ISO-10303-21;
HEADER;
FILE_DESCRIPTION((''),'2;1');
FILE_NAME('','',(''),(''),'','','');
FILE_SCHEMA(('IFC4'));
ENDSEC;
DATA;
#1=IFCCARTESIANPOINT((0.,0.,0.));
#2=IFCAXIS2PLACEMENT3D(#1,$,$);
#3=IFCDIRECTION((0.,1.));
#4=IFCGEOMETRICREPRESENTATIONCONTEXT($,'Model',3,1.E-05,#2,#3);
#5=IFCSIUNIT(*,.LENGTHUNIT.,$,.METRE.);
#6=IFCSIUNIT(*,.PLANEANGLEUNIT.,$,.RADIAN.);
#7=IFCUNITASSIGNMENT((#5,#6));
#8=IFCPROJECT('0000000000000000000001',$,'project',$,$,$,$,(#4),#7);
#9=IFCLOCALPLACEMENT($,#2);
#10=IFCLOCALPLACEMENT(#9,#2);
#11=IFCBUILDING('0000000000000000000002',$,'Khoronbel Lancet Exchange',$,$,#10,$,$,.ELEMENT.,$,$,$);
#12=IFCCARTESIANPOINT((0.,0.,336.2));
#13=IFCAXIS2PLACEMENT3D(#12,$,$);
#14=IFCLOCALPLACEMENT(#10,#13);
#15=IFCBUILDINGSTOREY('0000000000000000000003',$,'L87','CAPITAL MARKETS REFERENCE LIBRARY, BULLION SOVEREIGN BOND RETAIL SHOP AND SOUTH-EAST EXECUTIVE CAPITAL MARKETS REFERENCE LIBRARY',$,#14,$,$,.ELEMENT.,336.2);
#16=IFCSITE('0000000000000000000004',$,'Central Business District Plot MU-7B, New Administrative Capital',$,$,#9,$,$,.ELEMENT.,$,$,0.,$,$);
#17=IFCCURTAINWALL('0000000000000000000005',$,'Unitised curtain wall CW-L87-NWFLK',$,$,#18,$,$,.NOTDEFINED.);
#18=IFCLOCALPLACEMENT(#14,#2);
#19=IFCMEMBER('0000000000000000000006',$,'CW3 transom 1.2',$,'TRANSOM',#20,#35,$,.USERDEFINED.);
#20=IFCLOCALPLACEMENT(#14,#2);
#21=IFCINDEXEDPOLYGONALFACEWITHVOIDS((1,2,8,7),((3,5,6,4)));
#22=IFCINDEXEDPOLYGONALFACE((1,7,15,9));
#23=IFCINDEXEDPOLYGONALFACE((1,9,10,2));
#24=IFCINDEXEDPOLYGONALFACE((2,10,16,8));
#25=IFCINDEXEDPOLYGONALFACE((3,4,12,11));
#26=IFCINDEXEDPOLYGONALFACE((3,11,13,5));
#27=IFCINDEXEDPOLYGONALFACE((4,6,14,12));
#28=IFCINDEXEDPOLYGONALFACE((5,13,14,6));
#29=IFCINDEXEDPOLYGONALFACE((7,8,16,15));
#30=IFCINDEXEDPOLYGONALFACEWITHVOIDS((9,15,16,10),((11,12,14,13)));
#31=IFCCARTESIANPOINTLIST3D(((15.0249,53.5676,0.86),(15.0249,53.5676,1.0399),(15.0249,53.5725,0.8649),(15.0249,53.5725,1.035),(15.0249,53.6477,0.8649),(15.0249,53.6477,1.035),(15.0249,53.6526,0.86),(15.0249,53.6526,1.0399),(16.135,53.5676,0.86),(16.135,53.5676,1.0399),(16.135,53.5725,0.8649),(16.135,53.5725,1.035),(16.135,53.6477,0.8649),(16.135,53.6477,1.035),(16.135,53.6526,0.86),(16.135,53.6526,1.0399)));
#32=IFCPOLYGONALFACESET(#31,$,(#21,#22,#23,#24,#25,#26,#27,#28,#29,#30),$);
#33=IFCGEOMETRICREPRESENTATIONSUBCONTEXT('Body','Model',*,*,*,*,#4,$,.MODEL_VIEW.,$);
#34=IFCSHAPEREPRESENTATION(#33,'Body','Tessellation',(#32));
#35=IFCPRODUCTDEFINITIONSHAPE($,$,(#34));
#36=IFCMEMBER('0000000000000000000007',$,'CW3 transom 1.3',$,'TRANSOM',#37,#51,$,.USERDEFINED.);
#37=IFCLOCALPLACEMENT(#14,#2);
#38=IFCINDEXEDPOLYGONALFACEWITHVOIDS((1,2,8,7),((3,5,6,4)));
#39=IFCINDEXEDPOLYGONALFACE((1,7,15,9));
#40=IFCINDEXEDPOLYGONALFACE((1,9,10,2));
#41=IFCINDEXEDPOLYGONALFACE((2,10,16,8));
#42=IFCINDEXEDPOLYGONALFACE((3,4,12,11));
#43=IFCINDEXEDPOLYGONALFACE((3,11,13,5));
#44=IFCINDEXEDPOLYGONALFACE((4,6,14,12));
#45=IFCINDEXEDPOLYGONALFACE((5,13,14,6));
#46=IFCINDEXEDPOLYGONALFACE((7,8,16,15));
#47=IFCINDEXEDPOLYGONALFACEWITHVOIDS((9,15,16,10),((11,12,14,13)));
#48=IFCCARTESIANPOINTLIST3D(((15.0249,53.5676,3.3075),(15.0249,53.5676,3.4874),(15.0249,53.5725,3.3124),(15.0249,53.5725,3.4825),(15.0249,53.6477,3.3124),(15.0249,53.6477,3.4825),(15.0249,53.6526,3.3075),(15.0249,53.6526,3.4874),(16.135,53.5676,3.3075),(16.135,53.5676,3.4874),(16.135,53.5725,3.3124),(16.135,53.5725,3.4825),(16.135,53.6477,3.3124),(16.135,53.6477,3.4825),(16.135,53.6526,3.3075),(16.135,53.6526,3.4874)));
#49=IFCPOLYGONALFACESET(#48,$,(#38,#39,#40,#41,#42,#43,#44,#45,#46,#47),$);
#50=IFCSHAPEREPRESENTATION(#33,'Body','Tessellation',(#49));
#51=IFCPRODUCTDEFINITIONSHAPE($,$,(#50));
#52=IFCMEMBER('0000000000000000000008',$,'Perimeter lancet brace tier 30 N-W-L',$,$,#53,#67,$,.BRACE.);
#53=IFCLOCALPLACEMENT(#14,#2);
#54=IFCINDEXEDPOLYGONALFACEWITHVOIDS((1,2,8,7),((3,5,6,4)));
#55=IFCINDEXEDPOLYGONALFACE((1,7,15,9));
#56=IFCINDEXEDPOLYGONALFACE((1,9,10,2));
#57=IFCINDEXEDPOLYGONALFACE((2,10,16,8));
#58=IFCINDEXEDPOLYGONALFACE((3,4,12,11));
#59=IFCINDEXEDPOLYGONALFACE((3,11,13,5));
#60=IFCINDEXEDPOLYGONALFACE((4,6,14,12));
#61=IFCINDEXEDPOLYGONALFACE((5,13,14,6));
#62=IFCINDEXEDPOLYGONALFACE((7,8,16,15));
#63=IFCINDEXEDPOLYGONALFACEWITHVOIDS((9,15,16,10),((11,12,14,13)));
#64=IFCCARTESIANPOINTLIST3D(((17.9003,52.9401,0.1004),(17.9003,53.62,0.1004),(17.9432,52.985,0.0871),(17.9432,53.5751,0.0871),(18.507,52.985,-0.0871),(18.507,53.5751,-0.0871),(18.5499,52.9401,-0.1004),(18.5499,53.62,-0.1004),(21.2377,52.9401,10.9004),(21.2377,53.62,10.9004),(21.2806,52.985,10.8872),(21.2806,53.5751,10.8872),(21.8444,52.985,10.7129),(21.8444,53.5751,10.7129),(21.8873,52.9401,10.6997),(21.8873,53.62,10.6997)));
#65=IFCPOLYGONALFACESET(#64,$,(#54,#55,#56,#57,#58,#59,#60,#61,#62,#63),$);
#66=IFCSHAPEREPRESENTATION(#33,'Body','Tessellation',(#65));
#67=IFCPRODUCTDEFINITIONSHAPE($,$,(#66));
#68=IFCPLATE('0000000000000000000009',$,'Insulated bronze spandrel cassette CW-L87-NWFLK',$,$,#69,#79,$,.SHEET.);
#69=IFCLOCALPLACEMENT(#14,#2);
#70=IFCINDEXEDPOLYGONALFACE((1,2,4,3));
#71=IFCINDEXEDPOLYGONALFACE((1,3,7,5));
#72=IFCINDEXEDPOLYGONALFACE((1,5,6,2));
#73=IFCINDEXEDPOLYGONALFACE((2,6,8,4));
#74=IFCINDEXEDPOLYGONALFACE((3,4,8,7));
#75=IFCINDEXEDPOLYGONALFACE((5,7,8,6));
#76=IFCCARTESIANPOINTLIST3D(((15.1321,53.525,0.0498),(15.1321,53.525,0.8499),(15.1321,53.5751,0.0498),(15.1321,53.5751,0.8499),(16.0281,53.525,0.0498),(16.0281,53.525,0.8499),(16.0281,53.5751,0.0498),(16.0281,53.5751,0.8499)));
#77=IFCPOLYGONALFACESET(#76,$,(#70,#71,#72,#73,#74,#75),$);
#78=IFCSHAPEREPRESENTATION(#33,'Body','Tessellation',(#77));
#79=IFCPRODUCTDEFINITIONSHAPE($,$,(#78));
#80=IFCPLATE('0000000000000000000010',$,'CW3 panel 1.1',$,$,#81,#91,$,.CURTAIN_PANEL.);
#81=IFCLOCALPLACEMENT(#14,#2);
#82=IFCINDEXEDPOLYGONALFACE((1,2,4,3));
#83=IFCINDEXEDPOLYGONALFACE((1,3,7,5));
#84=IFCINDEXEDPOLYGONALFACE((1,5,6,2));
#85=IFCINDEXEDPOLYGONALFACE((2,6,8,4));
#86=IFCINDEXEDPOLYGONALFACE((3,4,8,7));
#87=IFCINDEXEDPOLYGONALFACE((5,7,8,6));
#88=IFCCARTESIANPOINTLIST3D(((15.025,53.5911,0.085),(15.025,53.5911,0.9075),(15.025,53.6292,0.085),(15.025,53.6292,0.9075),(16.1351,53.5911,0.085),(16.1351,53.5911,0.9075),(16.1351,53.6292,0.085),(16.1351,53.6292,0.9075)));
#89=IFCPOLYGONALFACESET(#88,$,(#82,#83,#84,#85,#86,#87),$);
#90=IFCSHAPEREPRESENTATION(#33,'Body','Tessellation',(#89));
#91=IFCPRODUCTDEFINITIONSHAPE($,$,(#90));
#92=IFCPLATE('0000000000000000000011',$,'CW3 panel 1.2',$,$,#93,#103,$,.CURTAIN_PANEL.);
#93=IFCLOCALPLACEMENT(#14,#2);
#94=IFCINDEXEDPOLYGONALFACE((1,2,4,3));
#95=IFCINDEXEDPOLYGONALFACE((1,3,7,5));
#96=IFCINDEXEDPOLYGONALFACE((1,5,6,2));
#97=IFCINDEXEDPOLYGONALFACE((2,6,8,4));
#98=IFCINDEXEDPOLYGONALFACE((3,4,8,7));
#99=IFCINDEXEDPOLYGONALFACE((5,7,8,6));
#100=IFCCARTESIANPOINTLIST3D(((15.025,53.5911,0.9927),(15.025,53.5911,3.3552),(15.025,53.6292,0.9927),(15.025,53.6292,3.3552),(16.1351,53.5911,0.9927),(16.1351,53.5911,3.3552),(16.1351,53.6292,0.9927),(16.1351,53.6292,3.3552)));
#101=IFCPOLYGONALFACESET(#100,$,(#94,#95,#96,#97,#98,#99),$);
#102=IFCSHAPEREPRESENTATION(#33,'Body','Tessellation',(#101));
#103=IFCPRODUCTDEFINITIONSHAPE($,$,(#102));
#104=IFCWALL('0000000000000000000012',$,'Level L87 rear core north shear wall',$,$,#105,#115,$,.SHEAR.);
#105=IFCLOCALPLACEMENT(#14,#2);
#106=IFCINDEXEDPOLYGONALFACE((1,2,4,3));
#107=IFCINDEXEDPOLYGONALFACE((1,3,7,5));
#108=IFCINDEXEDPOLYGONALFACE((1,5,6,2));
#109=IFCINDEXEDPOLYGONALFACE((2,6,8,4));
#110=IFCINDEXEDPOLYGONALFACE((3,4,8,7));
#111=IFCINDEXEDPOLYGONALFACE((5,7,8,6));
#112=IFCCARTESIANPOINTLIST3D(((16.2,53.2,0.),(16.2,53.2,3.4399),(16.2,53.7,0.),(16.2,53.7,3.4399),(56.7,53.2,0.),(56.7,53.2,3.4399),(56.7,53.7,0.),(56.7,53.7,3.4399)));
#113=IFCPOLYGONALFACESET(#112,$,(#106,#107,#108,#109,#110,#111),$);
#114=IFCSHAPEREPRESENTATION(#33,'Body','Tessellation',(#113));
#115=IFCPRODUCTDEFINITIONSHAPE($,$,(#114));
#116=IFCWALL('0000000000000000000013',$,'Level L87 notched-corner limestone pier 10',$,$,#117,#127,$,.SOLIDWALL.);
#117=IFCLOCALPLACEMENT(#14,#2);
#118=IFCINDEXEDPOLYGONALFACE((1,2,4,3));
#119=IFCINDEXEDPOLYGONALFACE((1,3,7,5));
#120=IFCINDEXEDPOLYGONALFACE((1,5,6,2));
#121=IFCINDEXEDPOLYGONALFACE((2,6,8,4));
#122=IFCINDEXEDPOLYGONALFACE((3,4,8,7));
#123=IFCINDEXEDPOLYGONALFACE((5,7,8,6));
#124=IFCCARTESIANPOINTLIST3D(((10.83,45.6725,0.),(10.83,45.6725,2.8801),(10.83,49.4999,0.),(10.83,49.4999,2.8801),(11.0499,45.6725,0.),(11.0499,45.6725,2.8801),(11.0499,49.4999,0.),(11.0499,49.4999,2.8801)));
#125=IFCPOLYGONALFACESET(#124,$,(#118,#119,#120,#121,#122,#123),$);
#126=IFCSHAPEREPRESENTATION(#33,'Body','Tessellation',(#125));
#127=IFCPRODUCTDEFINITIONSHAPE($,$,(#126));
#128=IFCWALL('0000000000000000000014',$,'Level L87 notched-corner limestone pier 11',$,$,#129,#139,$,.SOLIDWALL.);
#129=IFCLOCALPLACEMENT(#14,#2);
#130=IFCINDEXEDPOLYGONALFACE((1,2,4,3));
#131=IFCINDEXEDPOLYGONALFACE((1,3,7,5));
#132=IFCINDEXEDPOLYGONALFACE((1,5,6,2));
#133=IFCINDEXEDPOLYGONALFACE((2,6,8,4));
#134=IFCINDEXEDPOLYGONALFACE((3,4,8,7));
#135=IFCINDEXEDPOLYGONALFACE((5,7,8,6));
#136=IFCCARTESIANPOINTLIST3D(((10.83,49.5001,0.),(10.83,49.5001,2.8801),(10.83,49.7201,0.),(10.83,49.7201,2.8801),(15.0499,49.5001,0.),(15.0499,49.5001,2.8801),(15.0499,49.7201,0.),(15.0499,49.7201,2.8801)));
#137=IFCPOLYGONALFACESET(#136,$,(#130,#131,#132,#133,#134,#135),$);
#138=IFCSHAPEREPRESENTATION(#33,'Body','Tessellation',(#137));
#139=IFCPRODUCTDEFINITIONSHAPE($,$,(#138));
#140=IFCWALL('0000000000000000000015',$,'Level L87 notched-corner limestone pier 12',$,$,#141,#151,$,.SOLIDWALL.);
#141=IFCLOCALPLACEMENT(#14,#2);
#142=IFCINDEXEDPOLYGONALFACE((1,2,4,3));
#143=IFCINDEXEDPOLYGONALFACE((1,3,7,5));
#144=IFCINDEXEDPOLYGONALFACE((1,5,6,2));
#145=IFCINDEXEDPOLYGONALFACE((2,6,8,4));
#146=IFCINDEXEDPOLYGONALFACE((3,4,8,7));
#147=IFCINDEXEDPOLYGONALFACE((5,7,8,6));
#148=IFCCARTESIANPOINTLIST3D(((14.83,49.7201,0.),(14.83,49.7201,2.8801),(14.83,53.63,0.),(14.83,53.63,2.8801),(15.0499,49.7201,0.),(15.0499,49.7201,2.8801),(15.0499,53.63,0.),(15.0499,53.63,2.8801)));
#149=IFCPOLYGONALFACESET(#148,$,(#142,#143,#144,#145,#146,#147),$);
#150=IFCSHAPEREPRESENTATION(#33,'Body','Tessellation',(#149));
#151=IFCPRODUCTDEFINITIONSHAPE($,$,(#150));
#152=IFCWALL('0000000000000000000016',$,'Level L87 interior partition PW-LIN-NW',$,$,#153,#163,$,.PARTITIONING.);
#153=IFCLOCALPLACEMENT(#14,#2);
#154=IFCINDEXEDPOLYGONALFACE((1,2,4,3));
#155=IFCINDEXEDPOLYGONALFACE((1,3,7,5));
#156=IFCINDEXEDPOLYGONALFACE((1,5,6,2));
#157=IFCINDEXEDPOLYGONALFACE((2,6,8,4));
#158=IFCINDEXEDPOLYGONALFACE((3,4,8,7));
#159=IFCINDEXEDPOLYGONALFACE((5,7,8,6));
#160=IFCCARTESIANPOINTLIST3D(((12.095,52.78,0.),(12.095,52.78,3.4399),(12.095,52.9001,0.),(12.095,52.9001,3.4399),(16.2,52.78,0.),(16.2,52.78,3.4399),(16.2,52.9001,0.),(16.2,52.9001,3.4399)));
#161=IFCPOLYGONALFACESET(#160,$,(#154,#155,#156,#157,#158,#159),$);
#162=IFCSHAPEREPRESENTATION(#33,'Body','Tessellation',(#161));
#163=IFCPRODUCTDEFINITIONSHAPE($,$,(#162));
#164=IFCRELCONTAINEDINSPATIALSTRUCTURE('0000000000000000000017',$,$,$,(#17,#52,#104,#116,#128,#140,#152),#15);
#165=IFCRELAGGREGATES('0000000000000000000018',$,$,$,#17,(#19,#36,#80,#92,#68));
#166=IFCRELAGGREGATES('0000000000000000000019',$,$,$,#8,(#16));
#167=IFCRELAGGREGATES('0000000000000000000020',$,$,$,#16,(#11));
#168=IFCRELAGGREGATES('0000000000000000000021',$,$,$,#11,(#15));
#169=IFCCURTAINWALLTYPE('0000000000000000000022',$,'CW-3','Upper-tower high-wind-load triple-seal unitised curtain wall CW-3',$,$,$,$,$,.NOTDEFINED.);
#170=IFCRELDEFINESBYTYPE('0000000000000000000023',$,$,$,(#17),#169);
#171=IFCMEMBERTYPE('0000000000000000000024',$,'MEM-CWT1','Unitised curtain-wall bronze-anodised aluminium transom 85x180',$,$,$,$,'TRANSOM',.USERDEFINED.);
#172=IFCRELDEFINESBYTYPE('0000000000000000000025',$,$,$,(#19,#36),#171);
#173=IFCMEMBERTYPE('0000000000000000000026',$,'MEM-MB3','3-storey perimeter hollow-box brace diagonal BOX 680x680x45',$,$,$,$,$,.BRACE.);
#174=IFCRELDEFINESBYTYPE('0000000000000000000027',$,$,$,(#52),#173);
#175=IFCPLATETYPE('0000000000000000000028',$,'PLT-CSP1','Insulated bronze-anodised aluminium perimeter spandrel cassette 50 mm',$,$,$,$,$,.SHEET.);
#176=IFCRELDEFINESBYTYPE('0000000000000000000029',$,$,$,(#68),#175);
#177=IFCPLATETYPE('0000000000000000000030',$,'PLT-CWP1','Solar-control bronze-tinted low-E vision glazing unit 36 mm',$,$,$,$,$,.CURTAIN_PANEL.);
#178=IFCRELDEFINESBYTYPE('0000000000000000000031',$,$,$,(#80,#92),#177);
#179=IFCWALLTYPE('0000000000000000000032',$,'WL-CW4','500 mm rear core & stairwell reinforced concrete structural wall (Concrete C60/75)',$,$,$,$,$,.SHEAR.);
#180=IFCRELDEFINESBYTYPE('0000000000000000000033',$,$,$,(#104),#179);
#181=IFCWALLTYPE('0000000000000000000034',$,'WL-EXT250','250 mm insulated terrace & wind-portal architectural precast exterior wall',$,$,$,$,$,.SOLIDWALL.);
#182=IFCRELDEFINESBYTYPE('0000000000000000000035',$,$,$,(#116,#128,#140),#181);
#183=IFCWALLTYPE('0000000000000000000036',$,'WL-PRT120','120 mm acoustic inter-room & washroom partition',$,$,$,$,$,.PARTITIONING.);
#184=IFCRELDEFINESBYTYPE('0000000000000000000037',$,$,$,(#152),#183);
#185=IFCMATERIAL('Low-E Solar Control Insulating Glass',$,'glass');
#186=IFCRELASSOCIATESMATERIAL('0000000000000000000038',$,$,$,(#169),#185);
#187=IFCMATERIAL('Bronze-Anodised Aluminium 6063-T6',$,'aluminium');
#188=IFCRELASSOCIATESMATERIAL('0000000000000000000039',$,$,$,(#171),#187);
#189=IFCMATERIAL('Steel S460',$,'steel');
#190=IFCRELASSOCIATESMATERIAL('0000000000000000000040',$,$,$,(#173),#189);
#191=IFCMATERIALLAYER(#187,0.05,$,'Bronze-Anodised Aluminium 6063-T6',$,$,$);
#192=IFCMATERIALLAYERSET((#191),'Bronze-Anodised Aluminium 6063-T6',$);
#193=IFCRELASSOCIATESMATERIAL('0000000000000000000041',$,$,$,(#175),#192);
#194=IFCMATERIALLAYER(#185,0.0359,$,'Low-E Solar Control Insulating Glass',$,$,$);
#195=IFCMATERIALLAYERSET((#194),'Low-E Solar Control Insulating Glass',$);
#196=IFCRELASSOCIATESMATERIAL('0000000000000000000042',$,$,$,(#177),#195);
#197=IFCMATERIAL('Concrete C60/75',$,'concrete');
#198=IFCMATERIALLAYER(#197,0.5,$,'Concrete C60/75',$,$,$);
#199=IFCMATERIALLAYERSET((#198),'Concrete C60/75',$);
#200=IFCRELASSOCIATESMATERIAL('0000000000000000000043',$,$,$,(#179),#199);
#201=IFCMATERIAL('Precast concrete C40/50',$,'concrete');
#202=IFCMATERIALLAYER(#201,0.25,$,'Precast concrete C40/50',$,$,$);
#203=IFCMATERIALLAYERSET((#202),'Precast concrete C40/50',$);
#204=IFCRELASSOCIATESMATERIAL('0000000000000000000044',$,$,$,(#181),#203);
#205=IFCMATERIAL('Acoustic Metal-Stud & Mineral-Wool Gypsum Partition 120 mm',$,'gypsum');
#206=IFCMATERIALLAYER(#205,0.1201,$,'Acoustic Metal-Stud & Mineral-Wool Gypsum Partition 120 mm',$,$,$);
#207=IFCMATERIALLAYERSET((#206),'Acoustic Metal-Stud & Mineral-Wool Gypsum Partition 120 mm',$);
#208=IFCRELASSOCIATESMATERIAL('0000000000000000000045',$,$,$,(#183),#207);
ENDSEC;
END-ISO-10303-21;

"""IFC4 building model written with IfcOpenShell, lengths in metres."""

from ifc_helpers import new_model, si_unit, direction, frame, frame_2d, origin, origin_2d, place, context, subcontext, project, spatial, rectangle, hollow_rectangle, extrude, material, layer, layer_set, material_profile, profile_set, type_object, element, aggregate, save


model = new_model("IFC4")

# Units and contexts
model_context = context("Model", 3, precision=1e-05, world=origin(), true_north=direction((0.0, 1.0)))
body_context = subcontext(model_context, "Body", "Model", "MODEL_VIEW")
ifc_project = project(units=[si_unit("LENGTHUNIT", "METRE"), si_unit("PLANEANGLEUNIT", "RADIAN")], contexts=[model_context])

# Site, building, storey
site_placement = place(None, origin())
site = spatial("IfcSite", under=ifc_project, at=site_placement, Name="Central Business District Plot MU-7B, New Administrative Capital", CompositionType="ELEMENT", RefElevation=0.0)
building_placement = place(site_placement, origin())
building = spatial("IfcBuilding", under=site, at=building_placement, Name="Khoronbel Lancet Exchange", CompositionType="ELEMENT")
storey_placement = place(building_placement, frame((0.0, 0.0, 336.2)))
storey = spatial("IfcBuildingStorey", under=building, at=storey_placement, Name="L87", Description="CAPITAL MARKETS REFERENCE LIBRARY, BULLION SOVEREIGN BOND RETAIL SHOP AND SOUTH-EAST EXECUTIVE CAPITAL MARKETS REFERENCE LIBRARY", CompositionType="ELEMENT", Elevation=336.2)

# Shared definitions
ifc_material_1 = material(Name="Steel S460", Category="steel")

# Curtain wall, members
ifc_material_2 = material(Name="Low-E Solar Control Insulating Glass", Category="glass")
curtain_wall_type = type_object("IfcCurtainWallType", Name="CW-3", Description="Upper-tower high-wind-load triple-seal unitised curtain wall CW-3", PredefinedType="NOTDEFINED", material=ifc_material_2)
curtain_wall_placement = place(storey_placement, origin())
curtain_wall = element("IfcCurtainWall", 1, at=curtain_wall_placement, inside=storey, type_object=curtain_wall_type, Name="Unitised curtain wall CW-L87-NWFLK", PredefinedType="NOTDEFINED")
ifc_material_3 = material(Name="Bronze-Anodised Aluminium 6063-T6", Category="aluminium")
ifc_material_profile_1 = material_profile(ifc_material_3, hollow_rectangle(XDim=0.085, YDim=0.1799, WallThickness=0.0049, at=origin_2d()), Name="ALU TRANSOM 85x180")
ifc_profile_set_1 = profile_set([ifc_material_profile_1], Name="Bronze-Anodised Aluminium 6063-T6")
member_type_1 = type_object("IfcMemberType", Name="MEM-CWT1", Description="Unitised curtain-wall bronze-anodised aluminium transom 85x180", ElementType="TRANSOM", PredefinedType="USERDEFINED", material=ifc_profile_set_1)
member_1_placement = place(storey_placement, frame((16.135, 53.6101, 0.95), z_axis=(-1.0, 0.0, 0.0), x_axis=(0.0, -1.0, 0.0)))
member_1 = element("IfcMember", 2, at=member_1_placement, type_object=member_type_1, Name="CW3 transom 1.2", ObjectType="TRANSOM", PredefinedType="USERDEFINED", context=body_context, shape_type="SweptSolid", body=[
    extrude(hollow_rectangle(XDim=0.085, YDim=0.1799, WallThickness=0.0049, at=origin_2d()), origin(), (0.0, 0.0, 1.0), 1.1101),
])
member_2_placement = place(storey_placement, frame((16.135, 53.6101, 3.3975), z_axis=(-1.0, 0.0, 0.0), x_axis=(0.0, -1.0, 0.0)))
member_2 = element("IfcMember", 3, at=member_2_placement, type_object=member_type_1, Name="CW3 transom 1.3", ObjectType="TRANSOM", PredefinedType="USERDEFINED", context=body_context, shape_type="SweptSolid", body=[
    extrude(hollow_rectangle(XDim=0.085, YDim=0.1799, WallThickness=0.0049, at=origin_2d()), origin(), (0.0, 0.0, 1.0), 1.1101),
])

# Member
ifc_material_profile_2 = material_profile(ifc_material_1, hollow_rectangle(XDim=0.6799, YDim=0.6799, WallThickness=0.0449, at=origin_2d()), Name="BOX 680x680x45")
ifc_profile_set_2 = profile_set([ifc_material_profile_2], Name="Steel S460")
member_type_2 = type_object("IfcMemberType", Name="MEM-MB3", Description="3-storey perimeter hollow-box brace diagonal BOX 680x680x45", PredefinedType="BRACE", material=ifc_profile_set_2)
member_3_placement = place(storey_placement, frame((18.2251, 53.28, 0.0), z_axis=(0.295242, 0.0, 0.955422), x_axis=(0.0, 1.0, 0.0)))
element("IfcMember", 4, at=member_3_placement, inside=storey, type_object=member_type_2, Name="Perimeter lancet brace tier 30 N-W-L", PredefinedType="BRACE", context=body_context, shape_type="SweptSolid", body=[
    extrude(hollow_rectangle(XDim=0.6799, YDim=0.6799, WallThickness=0.0449, at=origin_2d()), origin(), (0.0, 0.0, 1.0), 11.304),
])

# Plates
ifc_layer_1 = layer(ifc_material_3, 0.05, Name="Bronze-Anodised Aluminium 6063-T6")
ifc_layer_set_1 = layer_set([ifc_layer_1], Name="Bronze-Anodised Aluminium 6063-T6")
plate_type_1 = type_object("IfcPlateType", Name="PLT-CSP1", Description="Insulated bronze-anodised aluminium perimeter spandrel cassette 50 mm", PredefinedType="SHEET", material=ifc_layer_set_1)
plate_1_placement = place(storey_placement, frame((15.5801, 53.55, 0.0498), z_axis=(0.0, 0.0, 1.0), x_axis=(-1.0, 0.0, 0.0)))
plate_1 = element("IfcPlate", 5, at=plate_1_placement, type_object=plate_type_1, Name="Insulated bronze spandrel cassette CW-L87-NWFLK", PredefinedType="SHEET", context=body_context, shape_type="SweptSolid", body=[
    extrude(rectangle(XDim=0.896, YDim=0.05, at=origin_2d()), origin(), (0.0, 0.0, 1.0), 0.8),
])
ifc_layer_2 = layer(ifc_material_2, 0.0359, Name="Low-E Solar Control Insulating Glass")
ifc_layer_set_2 = layer_set([ifc_layer_2], Name="Low-E Solar Control Insulating Glass")
plate_type_2 = type_object("IfcPlateType", Name="PLT-CWP1", Description="Solar-control bronze-tinted low-E vision glazing unit 36 mm", PredefinedType="CURTAIN_PANEL", material=ifc_layer_set_2)
plate_2_placement = place(storey_placement, frame((15.5801, 53.6101, 0.085), z_axis=(0.0, 0.0, 1.0), x_axis=(-1.0, 0.0, 0.0)))
plate_2 = element("IfcPlate", 6, at=plate_2_placement, type_object=plate_type_2, Name="CW3 panel 1.1", PredefinedType="CURTAIN_PANEL", context=body_context, shape_type="SweptSolid", body=[
    extrude(rectangle(XDim=1.1101, YDim=0.0381, at=origin_2d()), origin(), (0.0, 0.0, 1.0), 0.8225),
])
plate_3_placement = place(storey_placement, frame((15.5801, 53.6101, 0.9927), z_axis=(0.0, 0.0, 1.0), x_axis=(-1.0, 0.0, 0.0)))
plate_3 = element("IfcPlate", 7, at=plate_3_placement, type_object=plate_type_2, Name="CW3 panel 1.2", PredefinedType="CURTAIN_PANEL", context=body_context, shape_type="SweptSolid", body=[
    extrude(rectangle(XDim=1.1101, YDim=0.0381, at=origin_2d()), origin(), (0.0, 0.0, 1.0), 2.3625),
])
aggregate(curtain_wall, [member_1, member_2, plate_2, plate_3, plate_1])

# Walls
ifc_material_4 = material(Name="Concrete C60/75", Category="concrete")
ifc_layer_3 = layer(ifc_material_4, 0.5, Name="Concrete C60/75")
ifc_layer_set_3 = layer_set([ifc_layer_3], Name="Concrete C60/75")
wall_type_1 = type_object("IfcWallType", Name="WL-CW4", Description="500 mm rear core & stairwell reinforced concrete structural wall (Concrete C60/75)", PredefinedType="SHEAR", material=ifc_layer_set_3)
wall_1_placement = place(storey_placement, frame((16.2, 53.45, 0.0), z_axis=(0.0, 0.0, 1.0), x_axis=(1.0, 0.0, 0.0)))
element("IfcWall", 8, at=wall_1_placement, inside=storey, type_object=wall_type_1, Name="Level L87 rear core north shear wall", PredefinedType="SHEAR", context=body_context, shape_type="SweptSolid", body=[
    extrude(rectangle(XDim=40.5, YDim=0.5, at=frame_2d((20.25, 0.0))), origin(), (0.0, 0.0, 1.0), 3.4399),
])
ifc_material_5 = material(Name="Precast concrete C40/50", Category="concrete")
ifc_layer_4 = layer(ifc_material_5, 0.25, Name="Precast concrete C40/50")
ifc_layer_set_4 = layer_set([ifc_layer_4], Name="Precast concrete C40/50")
wall_type_2 = type_object("IfcWallType", Name="WL-EXT250", Description="250 mm insulated terrace & wind-portal architectural precast exterior wall", PredefinedType="SOLIDWALL", material=ifc_layer_set_4)
wall_2_placement = place(storey_placement, frame((10.9399, 45.6726, 0.0), z_axis=(0.0, 0.0, 1.0), x_axis=(0.0, 1.0, 0.0)))
element("IfcWall", 9, at=wall_2_placement, inside=storey, type_object=wall_type_2, Name="Level L87 notched-corner limestone pier 10", PredefinedType="SOLIDWALL", context=body_context, shape_type="SweptSolid", body=[
    extrude(rectangle(XDim=3.8274, YDim=0.22, at=frame_2d((1.9136, 0.0))), origin(), (0.0, 0.0, 1.0), 2.8801),
])
wall_3_placement = place(storey_placement, frame((10.8301, 49.6101, 0.0), z_axis=(0.0, 0.0, 1.0), x_axis=(1.0, 0.0, 0.0)))
element("IfcWall", 10, at=wall_3_placement, inside=storey, type_object=wall_type_2, Name="Level L87 notched-corner limestone pier 11", PredefinedType="SOLIDWALL", context=body_context, shape_type="SweptSolid", body=[
    extrude(rectangle(XDim=4.22, YDim=0.22, at=frame_2d((2.1099, 0.0))), origin(), (0.0, 0.0, 1.0), 2.8801),
])
wall_4_placement = place(storey_placement, frame((14.9399, 49.72, 0.0), z_axis=(0.0, 0.0, 1.0), x_axis=(0.0, 1.0, 0.0)))
element("IfcWall", 11, at=wall_4_placement, inside=storey, type_object=wall_type_2, Name="Level L87 notched-corner limestone pier 12", PredefinedType="SOLIDWALL", context=body_context, shape_type="SweptSolid", body=[
    extrude(rectangle(XDim=3.9099, YDim=0.22, at=frame_2d((1.9551, 0.0))), origin(), (0.0, 0.0, 1.0), 2.8801),
])
ifc_material_6 = material(Name="Acoustic Metal-Stud & Mineral-Wool Gypsum Partition 120 mm", Category="gypsum")
ifc_layer_5 = layer(ifc_material_6, 0.1201, Name="Acoustic Metal-Stud & Mineral-Wool Gypsum Partition 120 mm")
ifc_layer_set_5 = layer_set([ifc_layer_5], Name="Acoustic Metal-Stud & Mineral-Wool Gypsum Partition 120 mm")
wall_type_3 = type_object("IfcWallType", Name="WL-PRT120", Description="120 mm acoustic inter-room & washroom partition", PredefinedType="PARTITIONING", material=ifc_layer_set_5)
wall_5_placement = place(storey_placement, frame((12.095, 52.8401, 0.0), z_axis=(0.0, 0.0, 1.0), x_axis=(1.0, 0.0, 0.0)))
element("IfcWall", 12, at=wall_5_placement, inside=storey, type_object=wall_type_3, Name="Level L87 interior partition PW-LIN-NW", PredefinedType="PARTITIONING", context=body_context, shape_type="SweptSolid", body=[
    extrude(rectangle(XDim=4.105, YDim=0.1201, at=frame_2d((2.0525, 0.0))), origin(), (0.0, 0.0, 1.0), 3.4399),
])

save(model, "model.ifc")
